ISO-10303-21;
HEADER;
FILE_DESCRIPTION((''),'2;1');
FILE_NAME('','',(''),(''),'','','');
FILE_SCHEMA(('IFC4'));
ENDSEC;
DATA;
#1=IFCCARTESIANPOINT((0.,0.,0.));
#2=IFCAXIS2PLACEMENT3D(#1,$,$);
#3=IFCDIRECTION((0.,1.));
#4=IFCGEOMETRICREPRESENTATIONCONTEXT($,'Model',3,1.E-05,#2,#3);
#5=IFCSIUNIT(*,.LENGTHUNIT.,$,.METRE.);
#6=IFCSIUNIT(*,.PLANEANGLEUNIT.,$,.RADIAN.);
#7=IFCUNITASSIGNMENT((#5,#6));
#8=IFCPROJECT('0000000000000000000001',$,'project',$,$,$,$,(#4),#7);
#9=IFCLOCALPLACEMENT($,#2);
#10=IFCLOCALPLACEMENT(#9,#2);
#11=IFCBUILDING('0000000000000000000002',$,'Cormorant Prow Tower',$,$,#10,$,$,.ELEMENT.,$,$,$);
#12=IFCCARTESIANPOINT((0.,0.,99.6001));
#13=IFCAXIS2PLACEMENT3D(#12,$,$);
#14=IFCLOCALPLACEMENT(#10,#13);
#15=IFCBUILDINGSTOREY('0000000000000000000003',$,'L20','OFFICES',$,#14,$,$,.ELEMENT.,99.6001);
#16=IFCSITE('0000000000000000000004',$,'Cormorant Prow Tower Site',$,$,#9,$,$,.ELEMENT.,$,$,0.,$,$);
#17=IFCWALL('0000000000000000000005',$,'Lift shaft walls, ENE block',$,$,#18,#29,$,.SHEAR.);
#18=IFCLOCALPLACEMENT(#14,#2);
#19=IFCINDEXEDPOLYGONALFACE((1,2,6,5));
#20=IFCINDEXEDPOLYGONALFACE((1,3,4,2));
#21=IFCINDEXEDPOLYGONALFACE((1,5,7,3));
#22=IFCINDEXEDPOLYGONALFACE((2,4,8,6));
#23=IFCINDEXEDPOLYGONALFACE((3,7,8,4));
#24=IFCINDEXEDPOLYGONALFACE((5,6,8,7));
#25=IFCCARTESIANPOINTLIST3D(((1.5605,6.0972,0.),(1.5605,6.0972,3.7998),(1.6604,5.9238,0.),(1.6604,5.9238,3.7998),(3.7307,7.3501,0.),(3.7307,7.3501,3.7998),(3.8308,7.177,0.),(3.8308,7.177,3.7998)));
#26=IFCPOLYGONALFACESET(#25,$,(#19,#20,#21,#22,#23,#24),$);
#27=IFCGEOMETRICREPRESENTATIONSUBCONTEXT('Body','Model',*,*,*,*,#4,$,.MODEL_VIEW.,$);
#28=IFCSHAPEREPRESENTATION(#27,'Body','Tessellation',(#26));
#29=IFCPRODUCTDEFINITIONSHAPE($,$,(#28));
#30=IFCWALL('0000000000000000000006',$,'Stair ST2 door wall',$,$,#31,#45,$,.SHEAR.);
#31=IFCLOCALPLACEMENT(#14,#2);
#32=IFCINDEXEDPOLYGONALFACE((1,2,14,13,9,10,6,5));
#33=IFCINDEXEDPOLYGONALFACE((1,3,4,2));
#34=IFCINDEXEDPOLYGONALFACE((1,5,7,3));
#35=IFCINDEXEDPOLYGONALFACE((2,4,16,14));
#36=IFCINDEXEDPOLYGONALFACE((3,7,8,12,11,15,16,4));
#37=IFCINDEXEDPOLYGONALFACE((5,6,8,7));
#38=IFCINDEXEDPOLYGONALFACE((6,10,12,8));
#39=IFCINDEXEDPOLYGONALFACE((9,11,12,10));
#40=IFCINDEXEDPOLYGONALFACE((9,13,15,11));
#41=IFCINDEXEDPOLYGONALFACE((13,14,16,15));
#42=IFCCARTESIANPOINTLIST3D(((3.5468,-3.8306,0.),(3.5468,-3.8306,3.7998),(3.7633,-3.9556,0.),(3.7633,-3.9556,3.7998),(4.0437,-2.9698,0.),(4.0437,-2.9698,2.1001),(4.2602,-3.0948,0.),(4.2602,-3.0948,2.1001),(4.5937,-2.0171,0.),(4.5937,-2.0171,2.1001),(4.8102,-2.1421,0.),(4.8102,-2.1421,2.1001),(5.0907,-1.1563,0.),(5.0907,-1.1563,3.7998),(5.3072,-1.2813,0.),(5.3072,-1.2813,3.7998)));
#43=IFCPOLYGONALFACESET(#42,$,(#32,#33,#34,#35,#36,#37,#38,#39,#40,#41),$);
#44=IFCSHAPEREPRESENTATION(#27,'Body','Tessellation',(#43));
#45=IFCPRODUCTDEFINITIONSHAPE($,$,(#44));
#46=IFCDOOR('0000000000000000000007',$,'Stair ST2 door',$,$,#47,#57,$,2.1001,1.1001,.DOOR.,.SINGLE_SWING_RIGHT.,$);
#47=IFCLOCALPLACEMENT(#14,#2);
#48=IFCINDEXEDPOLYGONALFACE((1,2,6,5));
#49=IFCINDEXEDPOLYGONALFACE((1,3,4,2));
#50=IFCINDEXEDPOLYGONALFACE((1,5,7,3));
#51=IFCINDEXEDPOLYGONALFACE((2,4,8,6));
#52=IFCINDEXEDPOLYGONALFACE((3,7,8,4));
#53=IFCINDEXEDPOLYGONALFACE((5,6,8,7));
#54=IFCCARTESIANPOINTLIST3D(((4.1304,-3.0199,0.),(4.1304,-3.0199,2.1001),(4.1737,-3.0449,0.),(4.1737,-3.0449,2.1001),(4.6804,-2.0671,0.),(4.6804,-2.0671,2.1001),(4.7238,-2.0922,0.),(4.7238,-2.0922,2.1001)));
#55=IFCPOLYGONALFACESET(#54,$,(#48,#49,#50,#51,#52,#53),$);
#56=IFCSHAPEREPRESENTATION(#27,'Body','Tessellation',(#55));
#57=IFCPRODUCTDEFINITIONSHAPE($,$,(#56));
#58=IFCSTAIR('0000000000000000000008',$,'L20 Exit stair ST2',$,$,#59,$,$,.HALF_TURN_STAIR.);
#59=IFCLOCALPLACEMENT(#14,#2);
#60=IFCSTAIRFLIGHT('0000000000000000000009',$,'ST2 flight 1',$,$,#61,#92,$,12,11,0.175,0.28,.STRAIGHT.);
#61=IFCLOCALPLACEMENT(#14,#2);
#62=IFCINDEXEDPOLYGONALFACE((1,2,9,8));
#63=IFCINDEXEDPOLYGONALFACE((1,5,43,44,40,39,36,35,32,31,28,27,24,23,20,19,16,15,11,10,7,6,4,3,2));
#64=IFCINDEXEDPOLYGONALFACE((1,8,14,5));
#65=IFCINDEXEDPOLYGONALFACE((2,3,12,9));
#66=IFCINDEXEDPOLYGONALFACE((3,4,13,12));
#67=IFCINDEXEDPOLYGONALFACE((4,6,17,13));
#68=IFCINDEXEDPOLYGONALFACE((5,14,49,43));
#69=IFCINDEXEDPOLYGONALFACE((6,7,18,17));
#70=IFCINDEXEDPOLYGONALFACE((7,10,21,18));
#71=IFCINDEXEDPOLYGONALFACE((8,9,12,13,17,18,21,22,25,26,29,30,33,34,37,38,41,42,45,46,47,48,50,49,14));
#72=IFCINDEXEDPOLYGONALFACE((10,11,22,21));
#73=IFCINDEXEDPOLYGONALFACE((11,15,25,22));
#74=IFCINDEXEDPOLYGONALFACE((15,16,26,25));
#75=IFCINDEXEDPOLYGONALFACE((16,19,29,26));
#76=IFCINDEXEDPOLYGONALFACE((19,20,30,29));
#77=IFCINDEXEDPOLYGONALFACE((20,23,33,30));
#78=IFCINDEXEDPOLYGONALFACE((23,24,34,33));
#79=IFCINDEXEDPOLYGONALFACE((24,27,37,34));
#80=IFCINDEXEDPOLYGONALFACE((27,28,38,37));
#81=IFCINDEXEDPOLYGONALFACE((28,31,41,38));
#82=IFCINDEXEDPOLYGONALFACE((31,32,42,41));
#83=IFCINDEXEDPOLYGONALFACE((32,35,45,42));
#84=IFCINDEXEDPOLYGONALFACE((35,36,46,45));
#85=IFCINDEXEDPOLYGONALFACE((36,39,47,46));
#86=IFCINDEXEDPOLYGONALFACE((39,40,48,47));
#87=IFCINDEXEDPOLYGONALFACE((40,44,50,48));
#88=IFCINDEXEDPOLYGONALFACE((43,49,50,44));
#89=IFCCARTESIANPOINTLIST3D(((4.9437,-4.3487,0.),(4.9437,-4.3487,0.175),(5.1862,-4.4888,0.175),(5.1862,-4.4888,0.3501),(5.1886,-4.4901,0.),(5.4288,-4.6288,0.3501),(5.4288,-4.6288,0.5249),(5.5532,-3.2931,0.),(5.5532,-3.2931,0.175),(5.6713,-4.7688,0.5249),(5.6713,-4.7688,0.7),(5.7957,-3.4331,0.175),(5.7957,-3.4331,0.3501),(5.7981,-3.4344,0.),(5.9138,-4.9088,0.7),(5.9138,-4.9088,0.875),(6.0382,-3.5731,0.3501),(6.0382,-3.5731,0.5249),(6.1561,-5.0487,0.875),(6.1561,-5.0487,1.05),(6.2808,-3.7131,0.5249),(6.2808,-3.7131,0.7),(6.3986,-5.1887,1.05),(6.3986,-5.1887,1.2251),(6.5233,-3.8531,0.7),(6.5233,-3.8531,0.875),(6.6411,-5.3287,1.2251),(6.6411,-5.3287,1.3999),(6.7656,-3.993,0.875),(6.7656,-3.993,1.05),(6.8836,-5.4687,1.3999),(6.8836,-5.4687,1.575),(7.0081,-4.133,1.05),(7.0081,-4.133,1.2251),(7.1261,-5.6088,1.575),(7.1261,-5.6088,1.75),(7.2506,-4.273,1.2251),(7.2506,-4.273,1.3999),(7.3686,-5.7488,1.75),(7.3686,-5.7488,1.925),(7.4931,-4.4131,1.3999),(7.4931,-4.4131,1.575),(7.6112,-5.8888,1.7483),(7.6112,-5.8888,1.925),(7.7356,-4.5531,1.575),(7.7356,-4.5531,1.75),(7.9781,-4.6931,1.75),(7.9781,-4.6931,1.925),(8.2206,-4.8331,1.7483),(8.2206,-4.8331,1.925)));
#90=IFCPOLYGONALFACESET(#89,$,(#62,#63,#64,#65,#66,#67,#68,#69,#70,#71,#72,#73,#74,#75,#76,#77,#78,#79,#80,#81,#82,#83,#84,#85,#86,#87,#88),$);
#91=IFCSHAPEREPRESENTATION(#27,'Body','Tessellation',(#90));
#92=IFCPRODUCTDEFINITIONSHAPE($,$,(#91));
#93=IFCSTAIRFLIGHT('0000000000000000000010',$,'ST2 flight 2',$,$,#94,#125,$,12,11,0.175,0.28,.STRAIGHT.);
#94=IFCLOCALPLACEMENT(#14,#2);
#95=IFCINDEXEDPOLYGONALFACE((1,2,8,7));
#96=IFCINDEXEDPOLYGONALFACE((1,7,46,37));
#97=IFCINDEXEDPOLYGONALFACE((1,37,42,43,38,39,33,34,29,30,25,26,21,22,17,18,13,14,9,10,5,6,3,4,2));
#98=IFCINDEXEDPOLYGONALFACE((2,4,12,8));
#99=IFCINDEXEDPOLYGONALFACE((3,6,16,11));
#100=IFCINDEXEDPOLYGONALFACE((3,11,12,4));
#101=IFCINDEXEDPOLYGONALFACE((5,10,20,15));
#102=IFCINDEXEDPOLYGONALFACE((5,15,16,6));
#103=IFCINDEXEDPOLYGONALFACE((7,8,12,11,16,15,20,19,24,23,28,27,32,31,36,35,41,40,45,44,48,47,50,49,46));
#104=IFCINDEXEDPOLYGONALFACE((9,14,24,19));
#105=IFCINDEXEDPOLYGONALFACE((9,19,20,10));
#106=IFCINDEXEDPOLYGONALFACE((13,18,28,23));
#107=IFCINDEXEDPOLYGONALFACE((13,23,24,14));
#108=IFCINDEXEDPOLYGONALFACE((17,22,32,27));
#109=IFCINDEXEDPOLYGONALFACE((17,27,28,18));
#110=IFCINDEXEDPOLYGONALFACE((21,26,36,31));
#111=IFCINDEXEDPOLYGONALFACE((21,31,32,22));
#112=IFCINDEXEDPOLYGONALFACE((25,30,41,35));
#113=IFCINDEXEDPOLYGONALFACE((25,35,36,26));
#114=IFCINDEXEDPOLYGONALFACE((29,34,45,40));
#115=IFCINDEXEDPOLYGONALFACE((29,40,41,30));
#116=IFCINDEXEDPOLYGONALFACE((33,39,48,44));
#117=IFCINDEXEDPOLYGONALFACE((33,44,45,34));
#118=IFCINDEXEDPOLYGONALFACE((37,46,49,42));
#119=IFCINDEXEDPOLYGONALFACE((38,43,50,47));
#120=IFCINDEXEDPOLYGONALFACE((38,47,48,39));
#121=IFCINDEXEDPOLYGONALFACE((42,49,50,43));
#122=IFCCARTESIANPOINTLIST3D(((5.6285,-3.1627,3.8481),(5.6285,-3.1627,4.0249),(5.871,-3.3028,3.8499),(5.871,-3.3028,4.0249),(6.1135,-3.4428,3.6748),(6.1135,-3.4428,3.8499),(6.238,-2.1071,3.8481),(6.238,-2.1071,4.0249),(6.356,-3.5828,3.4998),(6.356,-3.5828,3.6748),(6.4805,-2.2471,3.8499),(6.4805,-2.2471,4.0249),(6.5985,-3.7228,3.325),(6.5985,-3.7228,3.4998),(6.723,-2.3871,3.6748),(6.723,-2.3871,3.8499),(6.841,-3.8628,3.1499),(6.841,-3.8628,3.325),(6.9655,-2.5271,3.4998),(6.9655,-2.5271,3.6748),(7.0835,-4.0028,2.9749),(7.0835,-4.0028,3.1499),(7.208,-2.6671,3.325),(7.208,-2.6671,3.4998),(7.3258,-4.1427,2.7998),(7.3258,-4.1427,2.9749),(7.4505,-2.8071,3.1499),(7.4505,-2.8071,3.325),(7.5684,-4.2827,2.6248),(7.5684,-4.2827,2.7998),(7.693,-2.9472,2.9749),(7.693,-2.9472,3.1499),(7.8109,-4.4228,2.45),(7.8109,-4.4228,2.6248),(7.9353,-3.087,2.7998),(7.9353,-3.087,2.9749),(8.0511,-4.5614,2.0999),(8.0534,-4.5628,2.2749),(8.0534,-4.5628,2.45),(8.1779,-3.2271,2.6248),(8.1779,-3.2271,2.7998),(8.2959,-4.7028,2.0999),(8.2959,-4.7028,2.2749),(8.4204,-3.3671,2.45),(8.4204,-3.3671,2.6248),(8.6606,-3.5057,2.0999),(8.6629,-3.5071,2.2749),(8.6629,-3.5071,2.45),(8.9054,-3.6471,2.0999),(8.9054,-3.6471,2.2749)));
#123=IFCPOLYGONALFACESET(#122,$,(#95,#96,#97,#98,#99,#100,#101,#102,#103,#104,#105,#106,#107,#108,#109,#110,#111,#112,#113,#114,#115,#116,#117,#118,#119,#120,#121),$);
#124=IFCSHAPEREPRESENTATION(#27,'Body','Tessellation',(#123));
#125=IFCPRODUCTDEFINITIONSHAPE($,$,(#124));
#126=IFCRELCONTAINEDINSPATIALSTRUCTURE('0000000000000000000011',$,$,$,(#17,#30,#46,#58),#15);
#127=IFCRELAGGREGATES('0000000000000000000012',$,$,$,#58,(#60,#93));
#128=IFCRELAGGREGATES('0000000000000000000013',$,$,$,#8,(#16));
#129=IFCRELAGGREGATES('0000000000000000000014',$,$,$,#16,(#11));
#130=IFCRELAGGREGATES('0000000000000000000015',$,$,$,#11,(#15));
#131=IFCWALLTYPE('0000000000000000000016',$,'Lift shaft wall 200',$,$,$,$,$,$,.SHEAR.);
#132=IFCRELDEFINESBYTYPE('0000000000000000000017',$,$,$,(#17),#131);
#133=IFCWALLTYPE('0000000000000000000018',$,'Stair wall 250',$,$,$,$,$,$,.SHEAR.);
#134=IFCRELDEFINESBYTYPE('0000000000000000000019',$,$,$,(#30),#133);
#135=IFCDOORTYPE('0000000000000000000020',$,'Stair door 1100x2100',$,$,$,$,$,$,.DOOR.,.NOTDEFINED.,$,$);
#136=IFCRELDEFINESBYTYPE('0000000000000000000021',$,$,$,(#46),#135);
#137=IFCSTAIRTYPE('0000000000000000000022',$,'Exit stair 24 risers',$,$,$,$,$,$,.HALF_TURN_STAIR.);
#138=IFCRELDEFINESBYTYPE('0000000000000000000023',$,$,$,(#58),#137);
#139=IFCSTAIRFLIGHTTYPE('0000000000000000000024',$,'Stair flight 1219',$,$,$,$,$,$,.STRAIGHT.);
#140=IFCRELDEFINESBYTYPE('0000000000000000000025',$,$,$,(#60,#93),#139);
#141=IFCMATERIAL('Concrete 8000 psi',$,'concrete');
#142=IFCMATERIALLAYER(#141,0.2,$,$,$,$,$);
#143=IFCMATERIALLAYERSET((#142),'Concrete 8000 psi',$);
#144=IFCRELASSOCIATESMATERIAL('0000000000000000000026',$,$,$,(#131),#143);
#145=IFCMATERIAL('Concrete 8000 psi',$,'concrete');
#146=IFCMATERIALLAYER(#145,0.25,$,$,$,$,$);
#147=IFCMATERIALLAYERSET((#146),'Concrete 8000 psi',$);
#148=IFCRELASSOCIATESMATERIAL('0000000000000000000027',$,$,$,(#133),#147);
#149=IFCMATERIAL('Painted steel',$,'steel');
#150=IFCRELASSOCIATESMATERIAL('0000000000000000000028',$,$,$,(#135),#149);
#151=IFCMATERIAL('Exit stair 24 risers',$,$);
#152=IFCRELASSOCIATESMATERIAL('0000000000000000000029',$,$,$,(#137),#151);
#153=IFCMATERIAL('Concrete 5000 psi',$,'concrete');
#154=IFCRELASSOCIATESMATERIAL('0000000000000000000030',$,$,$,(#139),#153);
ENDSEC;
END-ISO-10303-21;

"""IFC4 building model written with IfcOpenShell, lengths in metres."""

from ifc_helpers import new_model, si_unit, direction, frame, frame_2d, origin, place, context, subcontext, project, spatial, polyline, rectangle, outline, extrude, material, layer, layer_set, type_object, element, fill, aggregate, save


model = new_model("IFC4")

# Units and contexts
model_context = context("Model", 3, precision=1e-05, world=origin(), true_north=direction((0.0, 1.0)))
body_context = subcontext(model_context, "Body", "Model", "MODEL_VIEW")
ifc_project = project(units=[si_unit("LENGTHUNIT", "METRE"), si_unit("PLANEANGLEUNIT", "RADIAN")], contexts=[model_context])

# Site, building, storey
site_placement = place(None, origin())
site = spatial("IfcSite", under=ifc_project, at=site_placement, Name="Cormorant Prow Tower Site", CompositionType="ELEMENT", RefElevation=0.0)
building_placement = place(site_placement, origin())
building = spatial("IfcBuilding", under=site, at=building_placement, Name="Cormorant Prow Tower", CompositionType="ELEMENT")
storey_placement = place(building_placement, frame((0.0, 0.0, 99.6001)))
storey = spatial("IfcBuildingStorey", under=building, at=storey_placement, Name="L20", Description="OFFICES", CompositionType="ELEMENT", Elevation=99.6001)

# Wall
ifc_material_1 = material(Name="Concrete 8000 psi", Category="concrete")
ifc_layer_1 = layer(ifc_material_1, 0.2)
ifc_layer_set_1 = layer_set([ifc_layer_1], Name="Concrete 8000 psi")
wall_type_1 = type_object("IfcWallType", Name="Lift shaft wall 200", PredefinedType="SHEAR", material=ifc_layer_set_1)
wall_1_placement = place(storey_placement, origin())
element("IfcWall", 1, at=wall_1_placement, inside=storey, type_object=wall_type_1, Name="Lift shaft walls, ENE block", PredefinedType="SHEAR", context=body_context, shape_type="SweptSolid", body=[
    extrude(outline(polyline([(1.5605, 6.0972), (3.7307, 7.3501), (3.8308, 7.177), (1.6604, 5.9238), (1.5605, 6.0972)])), origin(), (0.0, 0.0, 1.0), 3.7998),
])

# Wall, opening, door
ifc_material_2 = material(Name="Concrete 8000 psi", Category="concrete")
ifc_layer_2 = layer(ifc_material_2, 0.25)
ifc_layer_set_2 = layer_set([ifc_layer_2], Name="Concrete 8000 psi")
wall_type_2 = type_object("IfcWallType", Name="Stair wall 250", PredefinedType="SHEAR", material=ifc_layer_set_2)
wall_2_placement = place(storey_placement, frame((3.655, -3.8931, 0.0), z_axis=(0.0, 0.0, 1.0), x_axis=(0.499983, 0.866035, 0.0)))
wall_2 = element("IfcWall", 2, at=wall_2_placement, inside=storey, type_object=wall_type_2, Name="Stair ST2 door wall", PredefinedType="SHEAR", context=body_context, shape_type="SweptSolid", body=[
    extrude(rectangle(XDim=3.0879, YDim=0.25, at=frame_2d((1.5439, 0.0))), origin(), (0.0, 0.0, 1.0), 3.7998),
])
opening_1_placement = place(wall_2_placement, frame((0.9939, 0.0, 0.0)))
opening_1 = element("IfcOpeningElement", 3, at=opening_1_placement, cuts=wall_2, PredefinedType="OPENING", context=body_context, shape_type="SweptSolid", body=[
    extrude(rectangle(XDim=1.1001, YDim=2.1001, at=frame_2d((0.55, 1.05))), frame((0.0, 0.135, 0.0), z_axis=(0.0, -1.0, 0.0), x_axis=(1.0, 0.0, 0.0)), (0.0, 0.0, 1.0), 0.27),
])
ifc_material_3 = material(Name="Painted steel", Category="steel")
door_type_1 = type_object("IfcDoorType", Name="Stair door 1100x2100", OperationType="NOTDEFINED", PredefinedType="DOOR", material=ifc_material_3)
door_1_placement = place(opening_1_placement, origin())
door_1 = element("IfcDoor", 4, at=door_1_placement, inside=storey, type_object=door_type_1, Name="Stair ST2 door", OperationType="SINGLE_SWING_RIGHT", OverallHeight=2.1001, OverallWidth=1.1001, PredefinedType="DOOR", context=body_context, shape_type="SweptSolid", body=[
    extrude(rectangle(XDim=1.1001, YDim=2.1001, at=frame_2d((0.55, 1.05))), frame((0.0, 0.0249, 0.0), z_axis=(0.0, -1.0, 0.0), x_axis=(1.0, 0.0, 0.0)), (0.0, 0.0, 1.0), 0.05),
])
fill(opening_1, door_1)

# Stair, stair flights
ifc_material_4 = material(Name="Exit stair 24 risers")
stair_type = type_object("IfcStairType", Name="Exit stair 24 risers", PredefinedType="HALF_TURN_STAIR", material=ifc_material_4)
stair_placement = place(storey_placement, origin())
stair = element("IfcStair", 5, at=stair_placement, inside=storey, type_object=stair_type, Name="L20 Exit stair ST2", PredefinedType="HALF_TURN_STAIR")
ifc_material_5 = material(Name="Concrete 5000 psi", Category="concrete")
stair_flight_type = type_object("IfcStairFlightType", Name="Stair flight 1219", PredefinedType="STRAIGHT", material=ifc_material_5)
stair_flight_1_placement = place(storey_placement, frame((5.2485, -3.8208, 0.0), z_axis=(0.0, 0.0, 1.0), x_axis=(0.866025, -0.5, 0.0)))
stair_flight_1 = element("IfcStairFlight", 6, at=stair_flight_1_placement, type_object=stair_flight_type, Name="ST2 flight 1", NumberOfRisers=12, NumberOfTreads=11, PredefinedType="STRAIGHT", RiserHeight=0.175, TreadLength=0.28, context=body_context, shape_type="SweptSolid", body=[
    extrude(outline(polyline([(0.0, 0.0), (0.0, 0.175), (0.28, 0.175), (0.28, 0.3501), (0.5601, 0.3501), (0.5601, 0.5249), (0.8401, 0.5249), (0.8401, 0.7), (1.1201, 0.7), (1.1201, 0.875), (1.3999, 0.875), (1.3999, 1.05), (1.6799, 1.05), (1.6799, 1.2251), (1.96, 1.2251), (1.96, 1.3999), (2.24, 1.3999), (2.24, 1.575), (2.52, 1.575), (2.52, 1.75), (2.8, 1.75), (2.8, 1.925), (3.0801, 1.925), (3.0801, 2.1001), (3.0801, 1.7483), (0.2827, 0.0), (0.0, 0.0)])), frame((0.0, 0.6094, 0.0), z_axis=(0.0, -1.0, 0.0), x_axis=(1.0, 0.0, 0.0)), (0.0, 0.0, 1.0), 1.219),
])
stair_flight_2_placement = place(storey_placement, frame((8.6006, -4.175, 2.0999), z_axis=(0.0, 0.0, 1.0), x_axis=(-0.866025, 0.5, 0.0)))
stair_flight_2 = element("IfcStairFlight", 7, at=stair_flight_2_placement, type_object=stair_flight_type, Name="ST2 flight 2", NumberOfRisers=12, NumberOfTreads=11, PredefinedType="STRAIGHT", RiserHeight=0.175, TreadLength=0.28, context=body_context, shape_type="SweptSolid", body=[
    extrude(outline(polyline([(0.0, 0.0), (0.0, 0.175), (0.28, 0.175), (0.28, 0.3501), (0.5601, 0.3501), (0.5601, 0.5249), (0.8401, 0.5249), (0.8401, 0.7), (1.1201, 0.7), (1.1201, 0.875), (1.3999, 0.875), (1.3999, 1.05), (1.6799, 1.05), (1.6799, 1.2251), (1.96, 1.2251), (1.96, 1.3999), (2.24, 1.3999), (2.24, 1.575), (2.52, 1.575), (2.52, 1.75), (2.8, 1.75), (2.8, 1.925), (3.0801, 1.925), (3.0801, 2.1001), (3.0801, 1.7483), (0.2827, 0.0), (0.0, 0.0)])), frame((0.0, 0.6094, 0.0), z_axis=(0.0, -1.0, 0.0), x_axis=(1.0, 0.0, 0.0)), (0.0, 0.0, 1.0), 1.219),
])
aggregate(stair, [stair_flight_1, stair_flight_2])

save(model, "model.ifc")
